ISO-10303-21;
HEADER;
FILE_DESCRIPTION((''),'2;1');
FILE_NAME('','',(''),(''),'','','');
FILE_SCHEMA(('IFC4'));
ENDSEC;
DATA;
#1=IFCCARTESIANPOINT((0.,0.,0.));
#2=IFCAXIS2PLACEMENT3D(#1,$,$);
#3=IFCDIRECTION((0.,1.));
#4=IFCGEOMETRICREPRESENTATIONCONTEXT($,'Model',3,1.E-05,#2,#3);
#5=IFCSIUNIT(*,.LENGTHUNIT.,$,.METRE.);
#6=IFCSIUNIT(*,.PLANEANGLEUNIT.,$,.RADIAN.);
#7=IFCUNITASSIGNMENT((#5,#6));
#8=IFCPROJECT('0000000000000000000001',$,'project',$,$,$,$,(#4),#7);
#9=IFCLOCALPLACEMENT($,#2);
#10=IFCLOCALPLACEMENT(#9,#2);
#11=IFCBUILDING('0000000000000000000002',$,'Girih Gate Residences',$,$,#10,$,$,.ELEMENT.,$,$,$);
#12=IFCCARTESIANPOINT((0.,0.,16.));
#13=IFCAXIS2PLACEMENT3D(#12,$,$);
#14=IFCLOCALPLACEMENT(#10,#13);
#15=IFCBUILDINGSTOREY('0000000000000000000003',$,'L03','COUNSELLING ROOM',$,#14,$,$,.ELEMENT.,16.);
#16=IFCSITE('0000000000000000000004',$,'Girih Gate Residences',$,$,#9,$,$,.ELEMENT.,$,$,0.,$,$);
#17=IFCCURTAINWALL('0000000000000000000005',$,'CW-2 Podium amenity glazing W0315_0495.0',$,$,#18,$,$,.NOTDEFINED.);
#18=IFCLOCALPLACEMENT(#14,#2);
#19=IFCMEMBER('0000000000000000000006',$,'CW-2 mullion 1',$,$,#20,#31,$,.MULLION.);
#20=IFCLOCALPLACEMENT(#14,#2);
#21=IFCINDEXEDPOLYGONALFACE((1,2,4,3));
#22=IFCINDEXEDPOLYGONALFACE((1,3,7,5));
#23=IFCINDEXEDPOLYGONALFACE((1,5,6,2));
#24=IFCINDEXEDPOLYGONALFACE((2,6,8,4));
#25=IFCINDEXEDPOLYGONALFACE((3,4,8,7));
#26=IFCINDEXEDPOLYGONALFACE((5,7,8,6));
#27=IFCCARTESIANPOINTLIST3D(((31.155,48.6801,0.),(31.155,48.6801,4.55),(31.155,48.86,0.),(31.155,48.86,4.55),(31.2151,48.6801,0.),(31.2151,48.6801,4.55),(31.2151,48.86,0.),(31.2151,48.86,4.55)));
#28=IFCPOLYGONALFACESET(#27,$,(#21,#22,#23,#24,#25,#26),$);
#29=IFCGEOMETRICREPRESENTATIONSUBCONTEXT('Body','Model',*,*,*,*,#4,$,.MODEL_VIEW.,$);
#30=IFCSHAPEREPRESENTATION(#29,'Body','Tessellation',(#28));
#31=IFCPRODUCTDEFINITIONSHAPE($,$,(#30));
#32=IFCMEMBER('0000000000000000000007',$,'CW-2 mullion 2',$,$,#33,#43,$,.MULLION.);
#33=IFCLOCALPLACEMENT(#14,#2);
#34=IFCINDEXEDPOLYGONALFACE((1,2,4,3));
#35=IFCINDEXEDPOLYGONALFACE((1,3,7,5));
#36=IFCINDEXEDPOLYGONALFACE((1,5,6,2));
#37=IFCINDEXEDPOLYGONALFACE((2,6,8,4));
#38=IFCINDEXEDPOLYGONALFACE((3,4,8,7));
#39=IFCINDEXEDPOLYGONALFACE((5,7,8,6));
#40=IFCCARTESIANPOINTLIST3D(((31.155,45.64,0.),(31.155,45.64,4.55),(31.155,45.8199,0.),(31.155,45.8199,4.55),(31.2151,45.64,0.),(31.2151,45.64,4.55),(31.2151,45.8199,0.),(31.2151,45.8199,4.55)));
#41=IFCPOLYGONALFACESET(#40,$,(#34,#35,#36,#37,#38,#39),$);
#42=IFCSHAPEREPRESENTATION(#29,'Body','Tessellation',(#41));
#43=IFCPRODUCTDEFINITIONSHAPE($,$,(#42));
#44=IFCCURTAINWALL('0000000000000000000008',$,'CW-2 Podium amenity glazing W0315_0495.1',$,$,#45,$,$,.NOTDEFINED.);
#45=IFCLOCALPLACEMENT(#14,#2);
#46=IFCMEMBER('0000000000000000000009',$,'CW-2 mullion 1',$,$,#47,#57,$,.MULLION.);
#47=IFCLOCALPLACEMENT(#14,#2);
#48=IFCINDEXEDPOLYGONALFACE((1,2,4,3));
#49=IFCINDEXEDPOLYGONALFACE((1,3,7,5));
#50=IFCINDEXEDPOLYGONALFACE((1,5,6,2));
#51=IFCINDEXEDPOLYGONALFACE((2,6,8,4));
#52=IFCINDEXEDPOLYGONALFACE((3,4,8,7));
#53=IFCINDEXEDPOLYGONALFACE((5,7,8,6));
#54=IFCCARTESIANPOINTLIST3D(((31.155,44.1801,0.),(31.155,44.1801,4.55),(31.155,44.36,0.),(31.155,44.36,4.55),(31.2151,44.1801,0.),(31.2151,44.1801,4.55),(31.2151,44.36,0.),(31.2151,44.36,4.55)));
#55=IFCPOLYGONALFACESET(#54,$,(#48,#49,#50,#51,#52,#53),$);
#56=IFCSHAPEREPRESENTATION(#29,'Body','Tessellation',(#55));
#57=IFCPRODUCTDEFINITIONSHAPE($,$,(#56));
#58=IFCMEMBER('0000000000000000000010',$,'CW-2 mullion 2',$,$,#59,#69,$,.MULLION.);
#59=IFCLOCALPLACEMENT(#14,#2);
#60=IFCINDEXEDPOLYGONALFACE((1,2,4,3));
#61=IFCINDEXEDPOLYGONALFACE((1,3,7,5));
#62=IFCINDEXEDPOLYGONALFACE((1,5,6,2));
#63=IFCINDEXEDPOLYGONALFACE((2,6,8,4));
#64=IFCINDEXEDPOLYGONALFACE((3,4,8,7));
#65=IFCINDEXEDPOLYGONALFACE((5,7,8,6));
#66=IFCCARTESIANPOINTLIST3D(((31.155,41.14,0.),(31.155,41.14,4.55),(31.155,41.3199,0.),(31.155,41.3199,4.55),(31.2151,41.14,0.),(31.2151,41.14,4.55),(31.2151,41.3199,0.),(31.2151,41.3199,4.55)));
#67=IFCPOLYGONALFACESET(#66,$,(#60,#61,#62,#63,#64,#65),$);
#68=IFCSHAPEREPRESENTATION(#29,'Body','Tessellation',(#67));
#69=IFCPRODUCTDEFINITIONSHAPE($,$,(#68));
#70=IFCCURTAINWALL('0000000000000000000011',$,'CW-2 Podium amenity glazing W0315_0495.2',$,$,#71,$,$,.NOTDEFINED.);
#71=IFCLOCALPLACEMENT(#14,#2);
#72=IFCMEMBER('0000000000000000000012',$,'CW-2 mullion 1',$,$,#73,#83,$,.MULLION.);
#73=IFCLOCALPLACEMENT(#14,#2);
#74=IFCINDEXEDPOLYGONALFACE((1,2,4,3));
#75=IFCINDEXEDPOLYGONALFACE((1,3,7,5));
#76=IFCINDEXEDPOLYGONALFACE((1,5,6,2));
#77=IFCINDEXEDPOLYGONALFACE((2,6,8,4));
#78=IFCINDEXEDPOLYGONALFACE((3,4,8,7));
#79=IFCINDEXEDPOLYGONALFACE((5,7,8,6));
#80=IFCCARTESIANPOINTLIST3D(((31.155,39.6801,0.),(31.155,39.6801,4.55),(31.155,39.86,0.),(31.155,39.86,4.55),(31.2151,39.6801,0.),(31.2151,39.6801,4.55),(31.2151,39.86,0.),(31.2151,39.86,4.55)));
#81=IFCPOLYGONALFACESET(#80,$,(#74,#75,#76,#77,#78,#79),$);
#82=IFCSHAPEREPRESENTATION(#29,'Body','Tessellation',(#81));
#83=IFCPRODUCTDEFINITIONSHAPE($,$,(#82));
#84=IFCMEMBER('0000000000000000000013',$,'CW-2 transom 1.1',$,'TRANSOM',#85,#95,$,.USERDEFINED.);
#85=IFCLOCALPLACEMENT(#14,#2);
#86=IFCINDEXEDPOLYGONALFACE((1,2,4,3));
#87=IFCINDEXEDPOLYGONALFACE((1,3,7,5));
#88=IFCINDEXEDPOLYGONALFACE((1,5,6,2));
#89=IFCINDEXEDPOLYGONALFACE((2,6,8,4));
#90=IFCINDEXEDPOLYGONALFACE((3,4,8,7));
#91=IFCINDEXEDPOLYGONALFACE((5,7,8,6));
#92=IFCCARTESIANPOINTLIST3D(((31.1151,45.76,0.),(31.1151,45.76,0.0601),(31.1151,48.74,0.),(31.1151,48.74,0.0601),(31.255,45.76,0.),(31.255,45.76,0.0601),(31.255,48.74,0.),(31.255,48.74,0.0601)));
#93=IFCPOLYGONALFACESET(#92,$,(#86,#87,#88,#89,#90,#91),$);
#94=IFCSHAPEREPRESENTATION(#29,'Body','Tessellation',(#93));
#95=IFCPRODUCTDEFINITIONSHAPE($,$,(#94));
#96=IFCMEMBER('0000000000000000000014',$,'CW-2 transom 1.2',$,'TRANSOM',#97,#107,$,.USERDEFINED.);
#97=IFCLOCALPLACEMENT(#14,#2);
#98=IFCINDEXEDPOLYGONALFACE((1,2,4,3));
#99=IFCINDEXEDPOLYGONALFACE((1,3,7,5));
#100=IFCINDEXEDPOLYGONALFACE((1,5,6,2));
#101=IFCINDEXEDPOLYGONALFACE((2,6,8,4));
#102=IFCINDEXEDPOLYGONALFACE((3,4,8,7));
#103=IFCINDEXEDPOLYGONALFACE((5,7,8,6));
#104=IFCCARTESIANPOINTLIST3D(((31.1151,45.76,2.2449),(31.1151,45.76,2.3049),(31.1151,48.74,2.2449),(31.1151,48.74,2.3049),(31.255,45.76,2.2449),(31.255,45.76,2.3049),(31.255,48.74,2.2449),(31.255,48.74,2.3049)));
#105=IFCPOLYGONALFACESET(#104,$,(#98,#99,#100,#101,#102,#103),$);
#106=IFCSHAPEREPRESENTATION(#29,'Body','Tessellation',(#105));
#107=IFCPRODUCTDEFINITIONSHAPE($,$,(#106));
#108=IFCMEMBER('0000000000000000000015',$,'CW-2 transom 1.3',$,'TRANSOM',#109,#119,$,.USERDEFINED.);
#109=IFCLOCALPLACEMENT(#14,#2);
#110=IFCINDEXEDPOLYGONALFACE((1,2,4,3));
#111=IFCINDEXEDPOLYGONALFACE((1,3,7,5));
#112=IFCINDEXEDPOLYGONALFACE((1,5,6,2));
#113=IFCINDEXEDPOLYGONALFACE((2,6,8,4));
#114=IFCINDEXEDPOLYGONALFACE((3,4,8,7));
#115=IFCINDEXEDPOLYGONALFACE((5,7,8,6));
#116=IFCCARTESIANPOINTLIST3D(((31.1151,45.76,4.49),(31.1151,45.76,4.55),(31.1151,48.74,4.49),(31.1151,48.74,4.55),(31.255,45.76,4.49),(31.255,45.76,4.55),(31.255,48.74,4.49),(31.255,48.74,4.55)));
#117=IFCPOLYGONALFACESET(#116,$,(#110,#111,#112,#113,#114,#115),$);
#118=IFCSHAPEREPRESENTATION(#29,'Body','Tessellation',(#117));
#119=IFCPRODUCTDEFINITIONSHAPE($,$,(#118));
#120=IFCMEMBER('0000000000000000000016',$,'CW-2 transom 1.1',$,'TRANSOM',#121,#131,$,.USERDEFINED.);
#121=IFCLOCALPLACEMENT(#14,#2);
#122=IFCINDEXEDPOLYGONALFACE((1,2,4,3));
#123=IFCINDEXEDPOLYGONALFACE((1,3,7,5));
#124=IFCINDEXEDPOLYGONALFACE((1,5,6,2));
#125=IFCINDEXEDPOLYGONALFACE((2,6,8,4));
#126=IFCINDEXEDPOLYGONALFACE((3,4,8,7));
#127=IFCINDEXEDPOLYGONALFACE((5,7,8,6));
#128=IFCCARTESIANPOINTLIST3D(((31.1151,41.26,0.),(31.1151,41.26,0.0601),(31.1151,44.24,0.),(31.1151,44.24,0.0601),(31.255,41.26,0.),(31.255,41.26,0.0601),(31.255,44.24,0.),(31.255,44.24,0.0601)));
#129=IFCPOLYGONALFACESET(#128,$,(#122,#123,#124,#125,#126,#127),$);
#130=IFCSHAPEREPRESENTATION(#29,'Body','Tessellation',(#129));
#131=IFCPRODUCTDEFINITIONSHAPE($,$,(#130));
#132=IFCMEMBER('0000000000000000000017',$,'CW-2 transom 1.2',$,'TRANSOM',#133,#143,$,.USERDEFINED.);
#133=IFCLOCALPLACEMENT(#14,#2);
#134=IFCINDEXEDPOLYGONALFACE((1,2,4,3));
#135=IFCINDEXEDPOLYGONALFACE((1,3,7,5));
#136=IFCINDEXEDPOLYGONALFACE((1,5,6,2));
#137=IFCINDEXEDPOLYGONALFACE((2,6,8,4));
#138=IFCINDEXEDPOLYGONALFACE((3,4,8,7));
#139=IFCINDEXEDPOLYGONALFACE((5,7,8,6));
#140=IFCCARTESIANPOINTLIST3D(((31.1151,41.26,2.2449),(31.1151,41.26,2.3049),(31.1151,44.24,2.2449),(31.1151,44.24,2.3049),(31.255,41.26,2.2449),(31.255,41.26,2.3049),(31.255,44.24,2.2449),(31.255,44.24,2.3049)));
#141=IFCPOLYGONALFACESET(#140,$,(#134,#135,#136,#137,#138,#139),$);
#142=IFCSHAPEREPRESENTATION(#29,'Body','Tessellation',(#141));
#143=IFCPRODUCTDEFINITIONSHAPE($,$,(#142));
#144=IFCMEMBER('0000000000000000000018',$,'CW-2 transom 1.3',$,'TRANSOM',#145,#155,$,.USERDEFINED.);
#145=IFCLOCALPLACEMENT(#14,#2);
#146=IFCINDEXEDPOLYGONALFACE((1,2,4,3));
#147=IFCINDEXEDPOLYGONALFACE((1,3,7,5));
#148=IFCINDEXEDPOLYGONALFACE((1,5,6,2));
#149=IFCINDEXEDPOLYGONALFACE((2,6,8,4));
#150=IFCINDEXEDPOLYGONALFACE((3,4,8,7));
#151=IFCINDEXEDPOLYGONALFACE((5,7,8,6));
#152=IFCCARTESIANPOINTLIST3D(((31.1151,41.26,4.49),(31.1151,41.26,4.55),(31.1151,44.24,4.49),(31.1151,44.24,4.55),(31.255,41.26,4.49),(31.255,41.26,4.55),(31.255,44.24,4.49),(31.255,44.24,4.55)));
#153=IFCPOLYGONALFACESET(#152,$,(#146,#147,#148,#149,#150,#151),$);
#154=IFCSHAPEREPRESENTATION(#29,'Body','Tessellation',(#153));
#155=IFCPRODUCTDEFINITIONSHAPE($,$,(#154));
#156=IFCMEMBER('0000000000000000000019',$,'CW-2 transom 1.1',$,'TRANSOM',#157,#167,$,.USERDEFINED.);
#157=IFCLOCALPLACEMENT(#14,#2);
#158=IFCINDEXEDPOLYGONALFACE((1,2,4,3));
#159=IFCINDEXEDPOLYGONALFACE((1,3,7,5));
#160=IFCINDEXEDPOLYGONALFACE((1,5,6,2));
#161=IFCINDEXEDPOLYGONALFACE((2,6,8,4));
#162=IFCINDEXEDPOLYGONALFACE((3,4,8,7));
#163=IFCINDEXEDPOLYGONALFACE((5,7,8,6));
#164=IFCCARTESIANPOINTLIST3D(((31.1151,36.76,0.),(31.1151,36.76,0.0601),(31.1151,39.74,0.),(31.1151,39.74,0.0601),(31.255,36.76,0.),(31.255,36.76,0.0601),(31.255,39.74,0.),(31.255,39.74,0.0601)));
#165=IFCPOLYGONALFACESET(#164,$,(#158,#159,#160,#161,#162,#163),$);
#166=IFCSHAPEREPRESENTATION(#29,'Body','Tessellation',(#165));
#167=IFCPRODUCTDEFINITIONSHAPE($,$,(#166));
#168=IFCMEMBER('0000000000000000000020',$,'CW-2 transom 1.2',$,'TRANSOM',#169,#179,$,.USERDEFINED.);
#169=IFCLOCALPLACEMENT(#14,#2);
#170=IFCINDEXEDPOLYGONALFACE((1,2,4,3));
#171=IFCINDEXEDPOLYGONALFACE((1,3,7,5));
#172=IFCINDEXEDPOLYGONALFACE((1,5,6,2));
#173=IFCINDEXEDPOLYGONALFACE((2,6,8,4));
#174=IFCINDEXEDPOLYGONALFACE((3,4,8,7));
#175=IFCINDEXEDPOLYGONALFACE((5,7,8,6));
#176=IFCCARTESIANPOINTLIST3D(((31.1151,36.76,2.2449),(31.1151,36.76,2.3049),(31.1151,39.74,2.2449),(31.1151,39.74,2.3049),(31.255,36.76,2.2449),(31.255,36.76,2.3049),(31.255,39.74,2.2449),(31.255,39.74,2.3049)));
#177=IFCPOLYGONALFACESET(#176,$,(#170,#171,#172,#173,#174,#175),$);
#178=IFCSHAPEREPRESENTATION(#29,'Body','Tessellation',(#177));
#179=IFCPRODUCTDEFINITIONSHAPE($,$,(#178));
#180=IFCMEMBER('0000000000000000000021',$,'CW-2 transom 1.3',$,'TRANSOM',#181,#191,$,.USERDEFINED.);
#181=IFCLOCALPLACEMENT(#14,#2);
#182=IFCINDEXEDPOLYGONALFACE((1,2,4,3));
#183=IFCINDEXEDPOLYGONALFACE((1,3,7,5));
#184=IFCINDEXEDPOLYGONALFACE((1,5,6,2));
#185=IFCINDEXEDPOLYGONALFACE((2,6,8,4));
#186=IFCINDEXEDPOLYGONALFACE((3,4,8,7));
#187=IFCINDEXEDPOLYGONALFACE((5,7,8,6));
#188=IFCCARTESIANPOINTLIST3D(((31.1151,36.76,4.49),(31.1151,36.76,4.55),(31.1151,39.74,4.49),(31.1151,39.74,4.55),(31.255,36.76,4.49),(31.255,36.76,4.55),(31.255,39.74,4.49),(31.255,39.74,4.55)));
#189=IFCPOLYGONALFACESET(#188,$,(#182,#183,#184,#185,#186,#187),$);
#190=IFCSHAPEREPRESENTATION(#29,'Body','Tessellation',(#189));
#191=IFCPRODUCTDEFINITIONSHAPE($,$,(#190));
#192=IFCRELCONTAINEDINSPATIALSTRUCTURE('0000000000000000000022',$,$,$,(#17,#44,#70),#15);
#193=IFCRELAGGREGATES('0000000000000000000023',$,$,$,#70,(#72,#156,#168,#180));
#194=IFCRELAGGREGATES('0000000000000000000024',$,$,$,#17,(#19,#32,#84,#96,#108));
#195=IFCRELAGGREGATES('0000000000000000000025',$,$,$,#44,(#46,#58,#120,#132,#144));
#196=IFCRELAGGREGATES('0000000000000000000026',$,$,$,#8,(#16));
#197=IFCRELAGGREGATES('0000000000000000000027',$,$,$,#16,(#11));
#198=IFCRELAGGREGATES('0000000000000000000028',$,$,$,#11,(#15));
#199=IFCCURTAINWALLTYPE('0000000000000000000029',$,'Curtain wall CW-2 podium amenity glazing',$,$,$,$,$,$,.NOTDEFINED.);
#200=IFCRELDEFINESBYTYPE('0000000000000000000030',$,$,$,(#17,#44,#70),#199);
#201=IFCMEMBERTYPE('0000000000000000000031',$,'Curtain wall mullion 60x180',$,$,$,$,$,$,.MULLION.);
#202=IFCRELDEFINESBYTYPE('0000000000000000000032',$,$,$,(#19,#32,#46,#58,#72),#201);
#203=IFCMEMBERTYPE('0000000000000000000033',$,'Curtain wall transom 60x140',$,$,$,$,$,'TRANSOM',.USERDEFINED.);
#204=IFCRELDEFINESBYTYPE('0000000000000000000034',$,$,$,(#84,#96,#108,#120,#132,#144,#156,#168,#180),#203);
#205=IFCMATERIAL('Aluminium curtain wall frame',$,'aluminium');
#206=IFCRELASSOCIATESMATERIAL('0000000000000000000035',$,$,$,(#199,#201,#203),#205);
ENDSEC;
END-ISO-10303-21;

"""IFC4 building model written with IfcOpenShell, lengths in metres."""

from ifc_helpers import new_model, si_unit, direction, frame, origin, origin_2d, place, context, subcontext, project, spatial, rectangle, extrude, material, material_profile, profile_set, type_object, element, aggregate, save


model = new_model("IFC4")

# Units and contexts
model_context = context("Model", 3, precision=1e-05, world=origin(), true_north=direction((0.0, 1.0)))
body_context = subcontext(model_context, "Body", "Model", "MODEL_VIEW")
ifc_project = project(units=[si_unit("LENGTHUNIT", "METRE"), si_unit("PLANEANGLEUNIT", "RADIAN")], contexts=[model_context])

# Site, building, storey
site_placement = place(None, origin())
site = spatial("IfcSite", under=ifc_project, at=site_placement, Name="Girih Gate Residences", CompositionType="ELEMENT", RefElevation=0.0)
building_placement = place(site_placement, origin())
building = spatial("IfcBuilding", under=site, at=building_placement, Name="Girih Gate Residences", CompositionType="ELEMENT")
storey_placement = place(building_placement, frame((0.0, 0.0, 16.0)))
storey = spatial("IfcBuildingStorey", under=building, at=storey_placement, Name="L03", Description="COUNSELLING ROOM", CompositionType="ELEMENT", Elevation=16.0)

# Curtain walls, members
ifc_material_1 = material(Name="Aluminium curtain wall frame", Category="aluminium")
curtain_wall_type = type_object("IfcCurtainWallType", Name="Curtain wall CW-2 podium amenity glazing", PredefinedType="NOTDEFINED", material=ifc_material_1)
curtain_wall_1_placement = place(storey_placement, origin())
curtain_wall_1 = element("IfcCurtainWall", 1, at=curtain_wall_1_placement, inside=storey, type_object=curtain_wall_type, Name="CW-2 Podium amenity glazing W0315_0495.0", PredefinedType="NOTDEFINED")
ifc_material_profile_1 = material_profile(ifc_material_1, rectangle(XDim=0.0601, YDim=0.1799, at=origin_2d()))
ifc_profile_set_1 = profile_set([ifc_material_profile_1], Name="Aluminium curtain wall frame")
member_type_1 = type_object("IfcMemberType", Name="Curtain wall mullion 60x180", PredefinedType="MULLION", material=ifc_profile_set_1)
member_1_placement = place(storey_placement, frame((31.1851, 48.77, 0.0), z_axis=(0.0, 0.0, 1.0), x_axis=(1.0, 0.0, 0.0)))
member_1 = element("IfcMember", 2, at=member_1_placement, type_object=member_type_1, Name="CW-2 mullion 1", PredefinedType="MULLION", context=body_context, shape_type="SweptSolid", body=[
    extrude(rectangle(XDim=0.0601, YDim=0.1799, at=origin_2d()), origin(), (0.0, 0.0, 1.0), 4.55),
])
member_2_placement = place(storey_placement, frame((31.1851, 45.73, 0.0), z_axis=(0.0, 0.0, 1.0), x_axis=(1.0, 0.0, 0.0)))
member_2 = element("IfcMember", 3, at=member_2_placement, type_object=member_type_1, Name="CW-2 mullion 2", PredefinedType="MULLION", context=body_context, shape_type="SweptSolid", body=[
    extrude(rectangle(XDim=0.0601, YDim=0.1799, at=origin_2d()), origin(), (0.0, 0.0, 1.0), 4.55),
])
curtain_wall_2_placement = place(storey_placement, origin())
curtain_wall_2 = element("IfcCurtainWall", 4, at=curtain_wall_2_placement, inside=storey, type_object=curtain_wall_type, Name="CW-2 Podium amenity glazing W0315_0495.1", PredefinedType="NOTDEFINED")
member_3_placement = place(storey_placement, frame((31.1851, 44.27, 0.0), z_axis=(0.0, 0.0, 1.0), x_axis=(1.0, 0.0, 0.0)))
member_3 = element("IfcMember", 5, at=member_3_placement, type_object=member_type_1, Name="CW-2 mullion 1", PredefinedType="MULLION", context=body_context, shape_type="SweptSolid", body=[
    extrude(rectangle(XDim=0.0601, YDim=0.1799, at=origin_2d()), origin(), (0.0, 0.0, 1.0), 4.55),
])
member_4_placement = place(storey_placement, frame((31.1851, 41.23, 0.0), z_axis=(0.0, 0.0, 1.0), x_axis=(1.0, 0.0, 0.0)))
member_4 = element("IfcMember", 6, at=member_4_placement, type_object=member_type_1, Name="CW-2 mullion 2", PredefinedType="MULLION", context=body_context, shape_type="SweptSolid", body=[
    extrude(rectangle(XDim=0.0601, YDim=0.1799, at=origin_2d()), origin(), (0.0, 0.0, 1.0), 4.55),
])

# Curtain wall, member
curtain_wall_3_placement = place(storey_placement, origin())
curtain_wall_3 = element("IfcCurtainWall", 7, at=curtain_wall_3_placement, inside=storey, type_object=curtain_wall_type, Name="CW-2 Podium amenity glazing W0315_0495.2", PredefinedType="NOTDEFINED")
member_5_placement = place(storey_placement, frame((31.1851, 39.77, 0.0), z_axis=(0.0, 0.0, 1.0), x_axis=(1.0, 0.0, 0.0)))
member_5 = element("IfcMember", 8, at=member_5_placement, type_object=member_type_1, Name="CW-2 mullion 1", PredefinedType="MULLION", context=body_context, shape_type="SweptSolid", body=[
    extrude(rectangle(XDim=0.0601, YDim=0.1799, at=origin_2d()), origin(), (0.0, 0.0, 1.0), 4.55),
])

# Members
ifc_material_profile_2 = material_profile(ifc_material_1, rectangle(XDim=0.1399, YDim=0.0601, at=origin_2d()))
ifc_profile_set_2 = profile_set([ifc_material_profile_2], Name="Aluminium curtain wall frame")
member_type_2 = type_object("IfcMemberType", Name="Curtain wall transom 60x140", ElementType="TRANSOM", PredefinedType="USERDEFINED", material=ifc_profile_set_2)
member_6_placement = place(storey_placement, frame((31.1851, 48.74, 0.03), z_axis=(0.0, -1.0, 0.0), x_axis=(1.0, 0.0, 0.0)))
member_6 = element("IfcMember", 9, at=member_6_placement, type_object=member_type_2, Name="CW-2 transom 1.1", ObjectType="TRANSOM", PredefinedType="USERDEFINED", context=body_context, shape_type="SweptSolid", body=[
    extrude(rectangle(XDim=0.1399, YDim=0.0601, at=origin_2d()), origin(), (0.0, 0.0, 1.0), 2.98),
])
member_7_placement = place(storey_placement, frame((31.1851, 48.74, 2.2749), z_axis=(0.0, -1.0, 0.0), x_axis=(1.0, 0.0, 0.0)))
member_7 = element("IfcMember", 10, at=member_7_placement, type_object=member_type_2, Name="CW-2 transom 1.2", ObjectType="TRANSOM", PredefinedType="USERDEFINED", context=body_context, shape_type="SweptSolid", body=[
    extrude(rectangle(XDim=0.1399, YDim=0.0601, at=origin_2d()), origin(), (0.0, 0.0, 1.0), 2.98),
])
member_8_placement = place(storey_placement, frame((31.1851, 48.74, 4.52), z_axis=(0.0, -1.0, 0.0), x_axis=(1.0, 0.0, 0.0)))
member_8 = element("IfcMember", 11, at=member_8_placement, type_object=member_type_2, Name="CW-2 transom 1.3", ObjectType="TRANSOM", PredefinedType="USERDEFINED", context=body_context, shape_type="SweptSolid", body=[
    extrude(rectangle(XDim=0.1399, YDim=0.0601, at=origin_2d()), origin(), (0.0, 0.0, 1.0), 2.98),
])
member_9_placement = place(storey_placement, frame((31.1851, 44.24, 0.03), z_axis=(0.0, -1.0, 0.0), x_axis=(1.0, 0.0, 0.0)))
member_9 = element("IfcMember", 12, at=member_9_placement, type_object=member_type_2, Name="CW-2 transom 1.1", ObjectType="TRANSOM", PredefinedType="USERDEFINED", context=body_context, shape_type="SweptSolid", body=[
    extrude(rectangle(XDim=0.1399, YDim=0.0601, at=origin_2d()), origin(), (0.0, 0.0, 1.0), 2.98),
])
member_10_placement = place(storey_placement, frame((31.1851, 44.24, 2.2749), z_axis=(0.0, -1.0, 0.0), x_axis=(1.0, 0.0, 0.0)))
member_10 = element("IfcMember", 13, at=member_10_placement, type_object=member_type_2, Name="CW-2 transom 1.2", ObjectType="TRANSOM", PredefinedType="USERDEFINED", context=body_context, shape_type="SweptSolid", body=[
    extrude(rectangle(XDim=0.1399, YDim=0.0601, at=origin_2d()), origin(), (0.0, 0.0, 1.0), 2.98),
])
member_11_placement = place(storey_placement, frame((31.1851, 44.24, 4.52), z_axis=(0.0, -1.0, 0.0), x_axis=(1.0, 0.0, 0.0)))
member_11 = element("IfcMember", 14, at=member_11_placement, type_object=member_type_2, Name="CW-2 transom 1.3", ObjectType="TRANSOM", PredefinedType="USERDEFINED", context=body_context, shape_type="SweptSolid", body=[
    extrude(rectangle(XDim=0.1399, YDim=0.0601, at=origin_2d()), origin(), (0.0, 0.0, 1.0), 2.98),
])
member_12_placement = place(storey_placement, frame((31.1851, 39.74, 0.03), z_axis=(0.0, -1.0, 0.0), x_axis=(1.0, 0.0, 0.0)))
member_12 = element("IfcMember", 15, at=member_12_placement, type_object=member_type_2, Name="CW-2 transom 1.1", ObjectType="TRANSOM", PredefinedType="USERDEFINED", context=body_context, shape_type="SweptSolid", body=[
    extrude(rectangle(XDim=0.1399, YDim=0.0601, at=origin_2d()), origin(), (0.0, 0.0, 1.0), 2.98),
])
member_13_placement = place(storey_placement, frame((31.1851, 39.74, 2.2749), z_axis=(0.0, -1.0, 0.0), x_axis=(1.0, 0.0, 0.0)))
member_13 = element("IfcMember", 16, at=member_13_placement, type_object=member_type_2, Name="CW-2 transom 1.2", ObjectType="TRANSOM", PredefinedType="USERDEFINED", context=body_context, shape_type="SweptSolid", body=[
    extrude(rectangle(XDim=0.1399, YDim=0.0601, at=origin_2d()), origin(), (0.0, 0.0, 1.0), 2.98),
])
member_14_placement = place(storey_placement, frame((31.1851, 39.74, 4.52), z_axis=(0.0, -1.0, 0.0), x_axis=(1.0, 0.0, 0.0)))
member_14 = element("IfcMember", 17, at=member_14_placement, type_object=member_type_2, Name="CW-2 transom 1.3", ObjectType="TRANSOM", PredefinedType="USERDEFINED", context=body_context, shape_type="SweptSolid", body=[
    extrude(rectangle(XDim=0.1399, YDim=0.0601, at=origin_2d()), origin(), (0.0, 0.0, 1.0), 2.98),
])
aggregate(curtain_wall_3, [member_5, member_12, member_13, member_14])

aggregate(curtain_wall_1, [member_1, member_2, member_6, member_7, member_8])
aggregate(curtain_wall_2, [member_3, member_4, member_9, member_10, member_11])

save(model, "model.ifc")
